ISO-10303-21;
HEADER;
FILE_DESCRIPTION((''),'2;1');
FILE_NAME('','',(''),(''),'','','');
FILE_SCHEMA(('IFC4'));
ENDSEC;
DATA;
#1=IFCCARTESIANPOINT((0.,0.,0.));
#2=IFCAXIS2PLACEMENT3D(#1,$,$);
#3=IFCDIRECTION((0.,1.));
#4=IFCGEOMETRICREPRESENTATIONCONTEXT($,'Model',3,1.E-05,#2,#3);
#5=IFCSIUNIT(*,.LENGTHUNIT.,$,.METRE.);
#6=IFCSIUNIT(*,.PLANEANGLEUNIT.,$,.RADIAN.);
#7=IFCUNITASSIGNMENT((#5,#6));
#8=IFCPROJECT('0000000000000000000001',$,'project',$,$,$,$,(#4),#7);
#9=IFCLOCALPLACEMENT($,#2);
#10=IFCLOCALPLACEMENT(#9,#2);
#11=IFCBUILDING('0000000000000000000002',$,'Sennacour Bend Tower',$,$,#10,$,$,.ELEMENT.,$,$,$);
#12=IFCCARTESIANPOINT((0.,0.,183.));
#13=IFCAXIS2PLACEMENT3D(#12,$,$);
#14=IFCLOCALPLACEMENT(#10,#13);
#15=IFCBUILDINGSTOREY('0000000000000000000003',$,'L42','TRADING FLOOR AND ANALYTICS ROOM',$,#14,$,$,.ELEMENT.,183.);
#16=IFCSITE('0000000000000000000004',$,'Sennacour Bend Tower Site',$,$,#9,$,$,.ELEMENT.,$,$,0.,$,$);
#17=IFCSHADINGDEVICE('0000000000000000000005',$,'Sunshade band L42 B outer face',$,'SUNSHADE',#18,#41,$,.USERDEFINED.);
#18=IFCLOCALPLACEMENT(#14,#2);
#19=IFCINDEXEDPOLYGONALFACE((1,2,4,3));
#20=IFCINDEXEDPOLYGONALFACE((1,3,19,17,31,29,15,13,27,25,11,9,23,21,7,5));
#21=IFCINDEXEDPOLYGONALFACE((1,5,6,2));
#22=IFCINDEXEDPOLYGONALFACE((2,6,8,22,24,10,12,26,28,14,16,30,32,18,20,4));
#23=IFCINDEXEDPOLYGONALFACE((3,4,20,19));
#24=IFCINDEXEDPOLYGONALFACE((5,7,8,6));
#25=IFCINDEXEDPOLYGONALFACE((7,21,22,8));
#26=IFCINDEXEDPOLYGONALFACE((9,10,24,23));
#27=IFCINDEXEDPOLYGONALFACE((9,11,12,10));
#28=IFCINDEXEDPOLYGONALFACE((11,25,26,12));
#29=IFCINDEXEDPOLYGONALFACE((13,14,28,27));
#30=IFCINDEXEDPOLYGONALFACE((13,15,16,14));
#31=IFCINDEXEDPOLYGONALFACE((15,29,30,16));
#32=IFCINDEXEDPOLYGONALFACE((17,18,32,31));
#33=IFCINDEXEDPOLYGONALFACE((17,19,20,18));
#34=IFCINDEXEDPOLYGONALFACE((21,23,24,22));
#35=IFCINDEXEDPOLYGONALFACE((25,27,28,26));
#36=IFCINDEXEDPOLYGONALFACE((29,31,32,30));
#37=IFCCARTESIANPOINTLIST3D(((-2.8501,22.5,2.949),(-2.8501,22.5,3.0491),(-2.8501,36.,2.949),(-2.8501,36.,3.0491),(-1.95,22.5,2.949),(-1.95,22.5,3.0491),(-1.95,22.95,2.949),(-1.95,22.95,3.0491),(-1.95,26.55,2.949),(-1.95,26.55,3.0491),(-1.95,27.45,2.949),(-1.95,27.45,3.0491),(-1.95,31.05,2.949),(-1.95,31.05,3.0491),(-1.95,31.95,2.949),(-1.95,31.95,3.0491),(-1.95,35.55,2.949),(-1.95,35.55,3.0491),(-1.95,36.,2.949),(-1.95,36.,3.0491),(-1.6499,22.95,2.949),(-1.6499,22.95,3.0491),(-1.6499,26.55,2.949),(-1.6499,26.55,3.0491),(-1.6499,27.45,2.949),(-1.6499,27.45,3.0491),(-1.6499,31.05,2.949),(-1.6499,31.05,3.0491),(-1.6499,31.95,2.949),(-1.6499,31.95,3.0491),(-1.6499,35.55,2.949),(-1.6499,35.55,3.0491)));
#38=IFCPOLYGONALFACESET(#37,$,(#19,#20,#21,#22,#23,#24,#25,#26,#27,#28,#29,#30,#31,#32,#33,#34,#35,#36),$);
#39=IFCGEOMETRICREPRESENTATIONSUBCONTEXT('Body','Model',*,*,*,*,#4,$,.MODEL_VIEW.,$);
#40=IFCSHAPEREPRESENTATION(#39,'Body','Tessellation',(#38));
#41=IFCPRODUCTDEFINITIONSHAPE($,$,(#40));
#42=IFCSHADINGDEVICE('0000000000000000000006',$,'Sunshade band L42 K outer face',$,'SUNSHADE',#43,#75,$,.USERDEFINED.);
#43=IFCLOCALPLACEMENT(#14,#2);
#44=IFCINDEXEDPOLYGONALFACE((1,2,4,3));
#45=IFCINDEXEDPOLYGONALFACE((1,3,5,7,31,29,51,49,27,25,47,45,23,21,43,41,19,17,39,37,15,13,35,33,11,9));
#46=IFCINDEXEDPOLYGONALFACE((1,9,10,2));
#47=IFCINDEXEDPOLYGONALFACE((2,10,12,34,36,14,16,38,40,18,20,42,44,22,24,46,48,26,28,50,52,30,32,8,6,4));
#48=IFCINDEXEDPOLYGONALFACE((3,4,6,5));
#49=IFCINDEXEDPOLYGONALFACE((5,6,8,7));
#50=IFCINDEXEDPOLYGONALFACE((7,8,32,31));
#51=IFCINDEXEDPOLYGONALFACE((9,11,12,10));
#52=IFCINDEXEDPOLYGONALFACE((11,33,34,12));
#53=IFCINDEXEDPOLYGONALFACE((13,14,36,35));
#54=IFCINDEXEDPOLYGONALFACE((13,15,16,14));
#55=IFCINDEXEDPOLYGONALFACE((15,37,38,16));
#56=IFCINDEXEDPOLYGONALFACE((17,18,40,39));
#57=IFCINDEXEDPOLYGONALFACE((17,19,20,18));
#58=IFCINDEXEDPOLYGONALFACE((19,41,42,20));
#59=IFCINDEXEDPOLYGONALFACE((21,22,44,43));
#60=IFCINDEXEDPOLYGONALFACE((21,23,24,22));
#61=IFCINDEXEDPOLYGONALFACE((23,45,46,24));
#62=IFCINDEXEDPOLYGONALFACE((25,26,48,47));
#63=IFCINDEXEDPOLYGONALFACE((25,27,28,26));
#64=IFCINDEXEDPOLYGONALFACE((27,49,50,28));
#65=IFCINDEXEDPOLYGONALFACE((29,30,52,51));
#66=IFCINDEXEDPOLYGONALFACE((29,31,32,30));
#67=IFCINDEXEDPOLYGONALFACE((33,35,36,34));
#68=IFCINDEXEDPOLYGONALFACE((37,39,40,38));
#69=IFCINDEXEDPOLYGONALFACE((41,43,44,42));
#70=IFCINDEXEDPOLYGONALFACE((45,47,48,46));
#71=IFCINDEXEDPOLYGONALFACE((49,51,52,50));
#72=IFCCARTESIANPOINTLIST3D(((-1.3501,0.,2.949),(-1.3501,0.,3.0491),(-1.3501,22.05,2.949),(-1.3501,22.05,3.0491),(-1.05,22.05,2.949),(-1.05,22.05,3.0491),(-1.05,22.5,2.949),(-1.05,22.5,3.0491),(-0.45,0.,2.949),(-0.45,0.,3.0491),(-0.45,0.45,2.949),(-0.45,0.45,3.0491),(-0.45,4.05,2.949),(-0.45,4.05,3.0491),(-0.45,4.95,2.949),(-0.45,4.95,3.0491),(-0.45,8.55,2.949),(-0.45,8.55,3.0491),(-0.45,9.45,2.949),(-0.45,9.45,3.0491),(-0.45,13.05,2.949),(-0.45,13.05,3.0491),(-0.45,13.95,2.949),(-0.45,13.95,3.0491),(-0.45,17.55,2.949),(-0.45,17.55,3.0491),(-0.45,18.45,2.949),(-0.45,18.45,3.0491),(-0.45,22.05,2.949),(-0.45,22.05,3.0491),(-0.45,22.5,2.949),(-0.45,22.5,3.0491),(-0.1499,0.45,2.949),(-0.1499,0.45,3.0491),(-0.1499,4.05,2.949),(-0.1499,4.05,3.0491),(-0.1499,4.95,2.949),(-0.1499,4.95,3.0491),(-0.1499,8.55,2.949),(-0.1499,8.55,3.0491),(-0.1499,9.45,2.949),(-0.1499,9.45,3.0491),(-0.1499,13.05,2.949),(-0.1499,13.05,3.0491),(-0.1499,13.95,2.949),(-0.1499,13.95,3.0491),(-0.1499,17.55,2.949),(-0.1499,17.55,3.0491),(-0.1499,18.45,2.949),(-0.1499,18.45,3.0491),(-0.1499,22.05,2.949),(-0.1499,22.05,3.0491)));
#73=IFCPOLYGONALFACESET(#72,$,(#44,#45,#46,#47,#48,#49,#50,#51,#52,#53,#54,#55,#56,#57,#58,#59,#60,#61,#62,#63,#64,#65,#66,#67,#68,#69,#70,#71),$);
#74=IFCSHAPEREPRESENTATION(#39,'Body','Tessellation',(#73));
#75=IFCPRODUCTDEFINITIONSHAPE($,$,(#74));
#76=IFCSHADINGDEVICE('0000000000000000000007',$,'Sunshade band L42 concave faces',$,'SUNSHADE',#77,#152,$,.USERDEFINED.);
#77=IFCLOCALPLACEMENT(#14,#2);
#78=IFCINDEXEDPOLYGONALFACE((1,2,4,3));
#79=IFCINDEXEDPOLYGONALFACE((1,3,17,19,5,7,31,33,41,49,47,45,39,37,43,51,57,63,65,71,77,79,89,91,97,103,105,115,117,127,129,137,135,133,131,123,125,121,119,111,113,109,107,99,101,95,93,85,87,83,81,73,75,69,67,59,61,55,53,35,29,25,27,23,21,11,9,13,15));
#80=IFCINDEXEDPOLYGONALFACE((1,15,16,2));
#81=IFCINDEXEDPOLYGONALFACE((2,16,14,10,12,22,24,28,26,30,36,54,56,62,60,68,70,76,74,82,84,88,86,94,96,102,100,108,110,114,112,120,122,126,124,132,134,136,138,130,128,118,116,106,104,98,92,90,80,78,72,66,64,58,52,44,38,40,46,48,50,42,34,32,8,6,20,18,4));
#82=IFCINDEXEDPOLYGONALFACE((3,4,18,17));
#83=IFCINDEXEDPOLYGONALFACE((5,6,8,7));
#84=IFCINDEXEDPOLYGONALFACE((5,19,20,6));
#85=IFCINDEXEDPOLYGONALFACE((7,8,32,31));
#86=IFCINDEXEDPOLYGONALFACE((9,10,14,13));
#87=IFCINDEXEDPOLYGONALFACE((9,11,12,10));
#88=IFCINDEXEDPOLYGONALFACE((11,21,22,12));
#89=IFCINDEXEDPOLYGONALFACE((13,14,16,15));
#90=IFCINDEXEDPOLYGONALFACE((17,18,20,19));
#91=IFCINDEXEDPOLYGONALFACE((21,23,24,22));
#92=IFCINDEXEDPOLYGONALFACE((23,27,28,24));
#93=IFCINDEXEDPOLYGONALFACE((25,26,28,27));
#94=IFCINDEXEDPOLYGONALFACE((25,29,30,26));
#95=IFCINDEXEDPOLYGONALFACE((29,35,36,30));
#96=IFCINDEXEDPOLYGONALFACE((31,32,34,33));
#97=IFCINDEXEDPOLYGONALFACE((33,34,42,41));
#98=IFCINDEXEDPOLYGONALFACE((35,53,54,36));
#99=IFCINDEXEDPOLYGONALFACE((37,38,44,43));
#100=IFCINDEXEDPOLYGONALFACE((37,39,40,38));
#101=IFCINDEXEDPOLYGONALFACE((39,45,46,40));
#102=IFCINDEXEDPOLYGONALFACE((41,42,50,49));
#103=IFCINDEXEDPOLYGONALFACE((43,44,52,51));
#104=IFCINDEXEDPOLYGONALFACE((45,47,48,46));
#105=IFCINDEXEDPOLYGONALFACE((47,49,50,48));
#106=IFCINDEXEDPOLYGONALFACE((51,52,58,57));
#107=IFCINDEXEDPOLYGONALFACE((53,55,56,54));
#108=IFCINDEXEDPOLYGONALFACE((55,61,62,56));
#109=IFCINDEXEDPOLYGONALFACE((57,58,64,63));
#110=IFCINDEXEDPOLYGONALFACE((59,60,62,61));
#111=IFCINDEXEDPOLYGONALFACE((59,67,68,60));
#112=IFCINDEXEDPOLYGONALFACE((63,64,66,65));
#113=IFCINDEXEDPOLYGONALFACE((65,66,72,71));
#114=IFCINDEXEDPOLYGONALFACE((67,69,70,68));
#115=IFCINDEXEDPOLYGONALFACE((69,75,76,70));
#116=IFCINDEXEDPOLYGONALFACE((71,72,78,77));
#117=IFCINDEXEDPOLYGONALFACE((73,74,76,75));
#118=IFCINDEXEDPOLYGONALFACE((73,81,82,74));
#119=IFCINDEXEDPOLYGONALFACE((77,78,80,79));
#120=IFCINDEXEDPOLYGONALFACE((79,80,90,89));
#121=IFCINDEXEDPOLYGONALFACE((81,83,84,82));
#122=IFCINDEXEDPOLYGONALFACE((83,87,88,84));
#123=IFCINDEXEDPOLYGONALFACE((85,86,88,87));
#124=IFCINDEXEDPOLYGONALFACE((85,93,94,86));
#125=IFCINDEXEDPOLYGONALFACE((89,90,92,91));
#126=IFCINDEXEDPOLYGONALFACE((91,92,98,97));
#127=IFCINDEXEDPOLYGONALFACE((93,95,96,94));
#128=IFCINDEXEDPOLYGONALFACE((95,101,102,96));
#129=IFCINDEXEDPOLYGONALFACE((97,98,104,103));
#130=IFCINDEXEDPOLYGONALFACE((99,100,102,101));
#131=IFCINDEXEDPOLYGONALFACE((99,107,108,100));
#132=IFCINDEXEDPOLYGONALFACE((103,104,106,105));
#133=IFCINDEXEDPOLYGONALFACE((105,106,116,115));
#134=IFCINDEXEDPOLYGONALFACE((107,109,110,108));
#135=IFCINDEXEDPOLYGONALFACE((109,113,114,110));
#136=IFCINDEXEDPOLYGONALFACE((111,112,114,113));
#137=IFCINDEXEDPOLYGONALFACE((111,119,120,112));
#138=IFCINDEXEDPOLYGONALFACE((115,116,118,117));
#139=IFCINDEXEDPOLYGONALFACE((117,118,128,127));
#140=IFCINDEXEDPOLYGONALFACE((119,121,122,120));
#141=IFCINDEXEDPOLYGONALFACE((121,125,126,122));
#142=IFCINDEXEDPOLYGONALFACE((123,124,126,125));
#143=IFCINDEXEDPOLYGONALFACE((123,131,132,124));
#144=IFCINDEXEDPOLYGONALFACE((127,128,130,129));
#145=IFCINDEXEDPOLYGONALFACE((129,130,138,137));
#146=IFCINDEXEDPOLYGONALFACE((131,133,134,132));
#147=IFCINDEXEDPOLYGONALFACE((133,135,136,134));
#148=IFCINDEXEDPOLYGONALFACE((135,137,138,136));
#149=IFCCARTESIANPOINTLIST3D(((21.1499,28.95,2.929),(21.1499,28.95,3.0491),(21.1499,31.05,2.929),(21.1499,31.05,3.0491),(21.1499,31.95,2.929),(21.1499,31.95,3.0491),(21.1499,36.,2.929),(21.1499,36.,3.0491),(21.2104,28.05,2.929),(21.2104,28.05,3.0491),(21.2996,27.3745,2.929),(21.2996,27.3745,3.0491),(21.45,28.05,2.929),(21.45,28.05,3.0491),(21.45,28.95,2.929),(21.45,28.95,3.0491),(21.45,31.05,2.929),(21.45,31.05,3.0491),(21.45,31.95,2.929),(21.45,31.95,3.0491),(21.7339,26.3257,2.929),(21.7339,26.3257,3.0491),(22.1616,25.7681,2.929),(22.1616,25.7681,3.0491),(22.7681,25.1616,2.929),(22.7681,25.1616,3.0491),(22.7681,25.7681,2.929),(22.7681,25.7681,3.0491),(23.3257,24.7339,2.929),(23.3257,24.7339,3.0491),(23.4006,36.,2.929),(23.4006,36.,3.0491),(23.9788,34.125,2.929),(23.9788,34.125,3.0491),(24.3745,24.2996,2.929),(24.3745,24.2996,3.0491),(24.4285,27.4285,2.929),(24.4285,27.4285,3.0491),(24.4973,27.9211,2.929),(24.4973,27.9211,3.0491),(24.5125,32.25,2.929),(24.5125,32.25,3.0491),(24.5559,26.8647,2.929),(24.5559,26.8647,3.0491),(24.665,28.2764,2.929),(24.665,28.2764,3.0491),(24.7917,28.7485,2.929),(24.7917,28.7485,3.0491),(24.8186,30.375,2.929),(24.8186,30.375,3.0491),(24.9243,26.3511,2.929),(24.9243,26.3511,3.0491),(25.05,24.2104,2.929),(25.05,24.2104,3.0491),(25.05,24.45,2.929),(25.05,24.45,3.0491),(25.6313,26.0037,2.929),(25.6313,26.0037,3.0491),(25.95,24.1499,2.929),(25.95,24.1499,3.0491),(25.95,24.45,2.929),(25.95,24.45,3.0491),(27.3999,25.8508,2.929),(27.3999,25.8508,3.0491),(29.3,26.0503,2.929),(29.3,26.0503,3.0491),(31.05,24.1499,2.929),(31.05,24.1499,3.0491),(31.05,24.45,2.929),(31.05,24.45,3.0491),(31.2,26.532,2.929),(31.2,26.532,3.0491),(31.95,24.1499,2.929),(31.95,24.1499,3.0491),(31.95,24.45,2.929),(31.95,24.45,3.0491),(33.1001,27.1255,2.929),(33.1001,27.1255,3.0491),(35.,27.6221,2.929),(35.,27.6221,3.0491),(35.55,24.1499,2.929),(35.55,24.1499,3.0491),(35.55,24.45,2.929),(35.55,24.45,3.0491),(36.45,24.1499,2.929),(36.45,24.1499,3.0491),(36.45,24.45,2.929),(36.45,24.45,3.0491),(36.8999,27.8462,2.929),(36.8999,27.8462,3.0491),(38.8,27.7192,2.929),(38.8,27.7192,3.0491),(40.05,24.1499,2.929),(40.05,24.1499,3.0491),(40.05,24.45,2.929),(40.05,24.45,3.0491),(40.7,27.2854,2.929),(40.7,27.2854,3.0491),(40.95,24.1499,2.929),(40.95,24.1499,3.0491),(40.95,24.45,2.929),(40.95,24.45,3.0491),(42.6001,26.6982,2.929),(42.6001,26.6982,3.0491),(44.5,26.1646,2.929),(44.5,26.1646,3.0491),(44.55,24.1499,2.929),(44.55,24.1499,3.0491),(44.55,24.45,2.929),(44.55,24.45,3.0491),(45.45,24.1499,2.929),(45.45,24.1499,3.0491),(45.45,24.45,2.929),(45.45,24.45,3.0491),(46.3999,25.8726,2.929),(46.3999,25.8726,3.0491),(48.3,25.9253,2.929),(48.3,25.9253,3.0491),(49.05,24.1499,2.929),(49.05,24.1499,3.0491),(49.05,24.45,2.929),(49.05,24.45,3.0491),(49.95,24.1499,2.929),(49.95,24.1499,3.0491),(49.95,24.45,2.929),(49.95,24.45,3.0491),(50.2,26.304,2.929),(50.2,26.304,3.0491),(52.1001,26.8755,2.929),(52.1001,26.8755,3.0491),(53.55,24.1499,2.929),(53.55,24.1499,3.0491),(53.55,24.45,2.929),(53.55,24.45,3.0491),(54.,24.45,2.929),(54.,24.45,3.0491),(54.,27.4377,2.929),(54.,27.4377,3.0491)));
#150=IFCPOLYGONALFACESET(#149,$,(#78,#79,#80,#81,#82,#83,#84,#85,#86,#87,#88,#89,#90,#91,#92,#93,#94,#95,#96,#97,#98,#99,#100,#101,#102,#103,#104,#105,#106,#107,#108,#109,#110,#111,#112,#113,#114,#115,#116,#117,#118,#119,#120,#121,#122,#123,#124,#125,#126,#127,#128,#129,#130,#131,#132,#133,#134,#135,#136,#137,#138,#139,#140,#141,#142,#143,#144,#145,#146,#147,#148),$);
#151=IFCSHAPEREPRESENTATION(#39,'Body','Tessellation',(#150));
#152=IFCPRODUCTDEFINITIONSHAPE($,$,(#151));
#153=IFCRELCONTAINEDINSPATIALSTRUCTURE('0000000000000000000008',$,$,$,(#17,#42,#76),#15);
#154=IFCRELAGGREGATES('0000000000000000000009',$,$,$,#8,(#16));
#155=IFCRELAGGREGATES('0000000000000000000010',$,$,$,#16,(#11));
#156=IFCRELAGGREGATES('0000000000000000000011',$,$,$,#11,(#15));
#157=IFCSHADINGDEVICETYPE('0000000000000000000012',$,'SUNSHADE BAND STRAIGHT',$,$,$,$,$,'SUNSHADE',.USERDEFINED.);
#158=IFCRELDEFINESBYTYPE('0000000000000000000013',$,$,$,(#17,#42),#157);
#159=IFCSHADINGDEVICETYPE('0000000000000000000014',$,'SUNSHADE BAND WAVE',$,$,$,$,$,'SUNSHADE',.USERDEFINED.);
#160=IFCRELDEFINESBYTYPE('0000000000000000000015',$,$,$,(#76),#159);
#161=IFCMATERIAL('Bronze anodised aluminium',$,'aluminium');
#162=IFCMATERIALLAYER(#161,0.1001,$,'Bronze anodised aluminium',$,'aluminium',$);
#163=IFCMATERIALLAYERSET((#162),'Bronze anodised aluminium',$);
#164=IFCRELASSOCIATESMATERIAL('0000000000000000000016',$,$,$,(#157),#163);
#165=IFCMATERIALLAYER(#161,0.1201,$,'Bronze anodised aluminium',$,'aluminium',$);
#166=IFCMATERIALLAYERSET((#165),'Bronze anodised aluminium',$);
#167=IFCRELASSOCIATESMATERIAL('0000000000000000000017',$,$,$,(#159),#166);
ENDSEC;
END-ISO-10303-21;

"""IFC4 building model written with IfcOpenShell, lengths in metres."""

from ifc_helpers import new_model, si_unit, direction, frame, origin, place, context, subcontext, project, spatial, polyline, outline, extrude, material, layer, layer_set, type_object, element, save


model = new_model("IFC4")

# Units and contexts
model_context = context("Model", 3, precision=1e-05, world=origin(), true_north=direction((0.0, 1.0)))
body_context = subcontext(model_context, "Body", "Model", "MODEL_VIEW")
ifc_project = project(units=[si_unit("LENGTHUNIT", "METRE"), si_unit("PLANEANGLEUNIT", "RADIAN")], contexts=[model_context])

# Site, building, storey
site_placement = place(None, origin())
site = spatial("IfcSite", under=ifc_project, at=site_placement, Name="Sennacour Bend Tower Site", CompositionType="ELEMENT", RefElevation=0.0)
building_placement = place(site_placement, origin())
building = spatial("IfcBuilding", under=site, at=building_placement, Name="Sennacour Bend Tower", CompositionType="ELEMENT")
storey_placement = place(building_placement, frame((0.0, 0.0, 183.0)))
storey = spatial("IfcBuildingStorey", under=building, at=storey_placement, Name="L42", Description="TRADING FLOOR AND ANALYTICS ROOM", CompositionType="ELEMENT", Elevation=183.0)

# Shading devices
ifc_material_1 = material(Name="Bronze anodised aluminium", Category="aluminium")
ifc_layer_1 = layer(ifc_material_1, 0.1001, Name="Bronze anodised aluminium", Category="aluminium")
ifc_layer_set_1 = layer_set([ifc_layer_1], Name="Bronze anodised aluminium")
shading_device_type_1 = type_object("IfcShadingDeviceType", Name="SUNSHADE BAND STRAIGHT", ElementType="SUNSHADE", PredefinedType="USERDEFINED", material=ifc_layer_set_1)
shading_device_1_placement = place(storey_placement, frame((0.0, 0.0, 2.949)))
element("IfcShadingDevice", 1, at=shading_device_1_placement, inside=storey, type_object=shading_device_type_1, Name="Sunshade band L42 B outer face", ObjectType="SUNSHADE", PredefinedType="USERDEFINED", context=body_context, shape_type="SweptSolid", body=[
    extrude(outline(polyline([(-1.6499, 31.95), (-1.95, 31.95), (-1.95, 31.05), (-1.6499, 31.05), (-1.6499, 27.45), (-1.95, 27.45), (-1.95, 26.55), (-1.6499, 26.55), (-1.6499, 22.95), (-1.95, 22.95), (-1.95, 22.5), (-2.8501, 22.5), (-2.8501, 36.0), (-1.95, 36.0), (-1.95, 35.55), (-1.6499, 35.55), (-1.6499, 31.95)])), origin(), (0.0, 0.0, 1.0), 0.1001),
])
shading_device_2_placement = place(storey_placement, frame((0.0, 0.0, 2.949)))
element("IfcShadingDevice", 2, at=shading_device_2_placement, inside=storey, type_object=shading_device_type_1, Name="Sunshade band L42 K outer face", ObjectType="SUNSHADE", PredefinedType="USERDEFINED", context=body_context, shape_type="SweptSolid", body=[
    extrude(outline(polyline([(-0.1499, 18.45), (-0.45, 18.45), (-0.45, 17.55), (-0.1499, 17.55), (-0.1499, 13.95), (-0.45, 13.95), (-0.45, 13.05), (-0.1499, 13.05), (-0.1499, 9.45), (-0.45, 9.45), (-0.45, 8.55), (-0.1499, 8.55), (-0.1499, 4.95), (-0.45, 4.95), (-0.45, 4.05), (-0.1499, 4.05), (-0.1499, 0.45), (-0.45, 0.45), (-0.45, 0.0), (-1.3501, 0.0), (-1.3501, 22.05), (-1.05, 22.05), (-1.05, 22.5), (-0.45, 22.5), (-0.45, 22.05), (-0.1499, 22.05), (-0.1499, 18.45)])), origin(), (0.0, 0.0, 1.0), 0.1001),
])
ifc_layer_2 = layer(ifc_material_1, 0.1201, Name="Bronze anodised aluminium", Category="aluminium")
ifc_layer_set_2 = layer_set([ifc_layer_2], Name="Bronze anodised aluminium")
shading_device_type_2 = type_object("IfcShadingDeviceType", Name="SUNSHADE BAND WAVE", ElementType="SUNSHADE", PredefinedType="USERDEFINED", material=ifc_layer_set_2)
shading_device_3_placement = place(storey_placement, frame((0.0, 0.0, 2.929)))
element("IfcShadingDevice", 3, at=shading_device_3_placement, inside=storey, type_object=shading_device_type_2, Name="Sunshade band L42 concave faces", ObjectType="SUNSHADE", PredefinedType="USERDEFINED", context=body_context, shape_type="SweptSolid", body=[
    extrude(outline(polyline([(53.55, 24.1499), (49.95, 24.1499), (49.95, 24.45), (49.05, 24.45), (49.05, 24.1499), (45.45, 24.1499), (45.45, 24.45), (44.55, 24.45), (44.55, 24.1499), (40.95, 24.1499), (40.95, 24.45), (40.05, 24.45), (40.05, 24.1499), (36.45, 24.1499), (36.45, 24.45), (35.55, 24.45), (35.55, 24.1499), (31.95, 24.1499), (31.95, 24.45), (31.05, 24.45), (31.05, 24.1499), (25.95, 24.1499), (25.95, 24.45), (25.05, 24.45), (25.05, 24.2104), (24.3745, 24.2996), (23.3257, 24.7339), (22.7681, 25.1616), (22.7681, 25.7681), (22.1616, 25.7681), (21.7339, 26.3257), (21.2996, 27.3745), (21.2104, 28.05), (21.45, 28.05), (21.45, 28.95), (21.1499, 28.95), (21.1499, 31.05), (21.45, 31.05), (21.45, 31.95), (21.1499, 31.95), (21.1499, 36.0), (23.4006, 36.0), (23.9788, 34.125), (24.5125, 32.25), (24.8186, 30.375), (24.7917, 28.7485), (24.665, 28.2764), (24.4973, 27.9211), (24.4285, 27.4285), (24.5559, 26.8647), (24.9243, 26.3511), (25.6313, 26.0037), (27.3999, 25.8508), (29.3, 26.0503), (31.2, 26.532), (33.1001, 27.1255), (35.0, 27.6221), (36.8999, 27.8462), (38.8, 27.7192), (40.7, 27.2854), (42.6001, 26.6982), (44.5, 26.1646), (46.3999, 25.8726), (48.3, 25.9253), (50.2, 26.304), (52.1001, 26.8755), (54.0, 27.4377), (54.0, 24.45), (53.55, 24.45), (53.55, 24.1499)])), origin(), (0.0, 0.0, 1.0), 0.1201),
])

save(model, "model.ifc")
